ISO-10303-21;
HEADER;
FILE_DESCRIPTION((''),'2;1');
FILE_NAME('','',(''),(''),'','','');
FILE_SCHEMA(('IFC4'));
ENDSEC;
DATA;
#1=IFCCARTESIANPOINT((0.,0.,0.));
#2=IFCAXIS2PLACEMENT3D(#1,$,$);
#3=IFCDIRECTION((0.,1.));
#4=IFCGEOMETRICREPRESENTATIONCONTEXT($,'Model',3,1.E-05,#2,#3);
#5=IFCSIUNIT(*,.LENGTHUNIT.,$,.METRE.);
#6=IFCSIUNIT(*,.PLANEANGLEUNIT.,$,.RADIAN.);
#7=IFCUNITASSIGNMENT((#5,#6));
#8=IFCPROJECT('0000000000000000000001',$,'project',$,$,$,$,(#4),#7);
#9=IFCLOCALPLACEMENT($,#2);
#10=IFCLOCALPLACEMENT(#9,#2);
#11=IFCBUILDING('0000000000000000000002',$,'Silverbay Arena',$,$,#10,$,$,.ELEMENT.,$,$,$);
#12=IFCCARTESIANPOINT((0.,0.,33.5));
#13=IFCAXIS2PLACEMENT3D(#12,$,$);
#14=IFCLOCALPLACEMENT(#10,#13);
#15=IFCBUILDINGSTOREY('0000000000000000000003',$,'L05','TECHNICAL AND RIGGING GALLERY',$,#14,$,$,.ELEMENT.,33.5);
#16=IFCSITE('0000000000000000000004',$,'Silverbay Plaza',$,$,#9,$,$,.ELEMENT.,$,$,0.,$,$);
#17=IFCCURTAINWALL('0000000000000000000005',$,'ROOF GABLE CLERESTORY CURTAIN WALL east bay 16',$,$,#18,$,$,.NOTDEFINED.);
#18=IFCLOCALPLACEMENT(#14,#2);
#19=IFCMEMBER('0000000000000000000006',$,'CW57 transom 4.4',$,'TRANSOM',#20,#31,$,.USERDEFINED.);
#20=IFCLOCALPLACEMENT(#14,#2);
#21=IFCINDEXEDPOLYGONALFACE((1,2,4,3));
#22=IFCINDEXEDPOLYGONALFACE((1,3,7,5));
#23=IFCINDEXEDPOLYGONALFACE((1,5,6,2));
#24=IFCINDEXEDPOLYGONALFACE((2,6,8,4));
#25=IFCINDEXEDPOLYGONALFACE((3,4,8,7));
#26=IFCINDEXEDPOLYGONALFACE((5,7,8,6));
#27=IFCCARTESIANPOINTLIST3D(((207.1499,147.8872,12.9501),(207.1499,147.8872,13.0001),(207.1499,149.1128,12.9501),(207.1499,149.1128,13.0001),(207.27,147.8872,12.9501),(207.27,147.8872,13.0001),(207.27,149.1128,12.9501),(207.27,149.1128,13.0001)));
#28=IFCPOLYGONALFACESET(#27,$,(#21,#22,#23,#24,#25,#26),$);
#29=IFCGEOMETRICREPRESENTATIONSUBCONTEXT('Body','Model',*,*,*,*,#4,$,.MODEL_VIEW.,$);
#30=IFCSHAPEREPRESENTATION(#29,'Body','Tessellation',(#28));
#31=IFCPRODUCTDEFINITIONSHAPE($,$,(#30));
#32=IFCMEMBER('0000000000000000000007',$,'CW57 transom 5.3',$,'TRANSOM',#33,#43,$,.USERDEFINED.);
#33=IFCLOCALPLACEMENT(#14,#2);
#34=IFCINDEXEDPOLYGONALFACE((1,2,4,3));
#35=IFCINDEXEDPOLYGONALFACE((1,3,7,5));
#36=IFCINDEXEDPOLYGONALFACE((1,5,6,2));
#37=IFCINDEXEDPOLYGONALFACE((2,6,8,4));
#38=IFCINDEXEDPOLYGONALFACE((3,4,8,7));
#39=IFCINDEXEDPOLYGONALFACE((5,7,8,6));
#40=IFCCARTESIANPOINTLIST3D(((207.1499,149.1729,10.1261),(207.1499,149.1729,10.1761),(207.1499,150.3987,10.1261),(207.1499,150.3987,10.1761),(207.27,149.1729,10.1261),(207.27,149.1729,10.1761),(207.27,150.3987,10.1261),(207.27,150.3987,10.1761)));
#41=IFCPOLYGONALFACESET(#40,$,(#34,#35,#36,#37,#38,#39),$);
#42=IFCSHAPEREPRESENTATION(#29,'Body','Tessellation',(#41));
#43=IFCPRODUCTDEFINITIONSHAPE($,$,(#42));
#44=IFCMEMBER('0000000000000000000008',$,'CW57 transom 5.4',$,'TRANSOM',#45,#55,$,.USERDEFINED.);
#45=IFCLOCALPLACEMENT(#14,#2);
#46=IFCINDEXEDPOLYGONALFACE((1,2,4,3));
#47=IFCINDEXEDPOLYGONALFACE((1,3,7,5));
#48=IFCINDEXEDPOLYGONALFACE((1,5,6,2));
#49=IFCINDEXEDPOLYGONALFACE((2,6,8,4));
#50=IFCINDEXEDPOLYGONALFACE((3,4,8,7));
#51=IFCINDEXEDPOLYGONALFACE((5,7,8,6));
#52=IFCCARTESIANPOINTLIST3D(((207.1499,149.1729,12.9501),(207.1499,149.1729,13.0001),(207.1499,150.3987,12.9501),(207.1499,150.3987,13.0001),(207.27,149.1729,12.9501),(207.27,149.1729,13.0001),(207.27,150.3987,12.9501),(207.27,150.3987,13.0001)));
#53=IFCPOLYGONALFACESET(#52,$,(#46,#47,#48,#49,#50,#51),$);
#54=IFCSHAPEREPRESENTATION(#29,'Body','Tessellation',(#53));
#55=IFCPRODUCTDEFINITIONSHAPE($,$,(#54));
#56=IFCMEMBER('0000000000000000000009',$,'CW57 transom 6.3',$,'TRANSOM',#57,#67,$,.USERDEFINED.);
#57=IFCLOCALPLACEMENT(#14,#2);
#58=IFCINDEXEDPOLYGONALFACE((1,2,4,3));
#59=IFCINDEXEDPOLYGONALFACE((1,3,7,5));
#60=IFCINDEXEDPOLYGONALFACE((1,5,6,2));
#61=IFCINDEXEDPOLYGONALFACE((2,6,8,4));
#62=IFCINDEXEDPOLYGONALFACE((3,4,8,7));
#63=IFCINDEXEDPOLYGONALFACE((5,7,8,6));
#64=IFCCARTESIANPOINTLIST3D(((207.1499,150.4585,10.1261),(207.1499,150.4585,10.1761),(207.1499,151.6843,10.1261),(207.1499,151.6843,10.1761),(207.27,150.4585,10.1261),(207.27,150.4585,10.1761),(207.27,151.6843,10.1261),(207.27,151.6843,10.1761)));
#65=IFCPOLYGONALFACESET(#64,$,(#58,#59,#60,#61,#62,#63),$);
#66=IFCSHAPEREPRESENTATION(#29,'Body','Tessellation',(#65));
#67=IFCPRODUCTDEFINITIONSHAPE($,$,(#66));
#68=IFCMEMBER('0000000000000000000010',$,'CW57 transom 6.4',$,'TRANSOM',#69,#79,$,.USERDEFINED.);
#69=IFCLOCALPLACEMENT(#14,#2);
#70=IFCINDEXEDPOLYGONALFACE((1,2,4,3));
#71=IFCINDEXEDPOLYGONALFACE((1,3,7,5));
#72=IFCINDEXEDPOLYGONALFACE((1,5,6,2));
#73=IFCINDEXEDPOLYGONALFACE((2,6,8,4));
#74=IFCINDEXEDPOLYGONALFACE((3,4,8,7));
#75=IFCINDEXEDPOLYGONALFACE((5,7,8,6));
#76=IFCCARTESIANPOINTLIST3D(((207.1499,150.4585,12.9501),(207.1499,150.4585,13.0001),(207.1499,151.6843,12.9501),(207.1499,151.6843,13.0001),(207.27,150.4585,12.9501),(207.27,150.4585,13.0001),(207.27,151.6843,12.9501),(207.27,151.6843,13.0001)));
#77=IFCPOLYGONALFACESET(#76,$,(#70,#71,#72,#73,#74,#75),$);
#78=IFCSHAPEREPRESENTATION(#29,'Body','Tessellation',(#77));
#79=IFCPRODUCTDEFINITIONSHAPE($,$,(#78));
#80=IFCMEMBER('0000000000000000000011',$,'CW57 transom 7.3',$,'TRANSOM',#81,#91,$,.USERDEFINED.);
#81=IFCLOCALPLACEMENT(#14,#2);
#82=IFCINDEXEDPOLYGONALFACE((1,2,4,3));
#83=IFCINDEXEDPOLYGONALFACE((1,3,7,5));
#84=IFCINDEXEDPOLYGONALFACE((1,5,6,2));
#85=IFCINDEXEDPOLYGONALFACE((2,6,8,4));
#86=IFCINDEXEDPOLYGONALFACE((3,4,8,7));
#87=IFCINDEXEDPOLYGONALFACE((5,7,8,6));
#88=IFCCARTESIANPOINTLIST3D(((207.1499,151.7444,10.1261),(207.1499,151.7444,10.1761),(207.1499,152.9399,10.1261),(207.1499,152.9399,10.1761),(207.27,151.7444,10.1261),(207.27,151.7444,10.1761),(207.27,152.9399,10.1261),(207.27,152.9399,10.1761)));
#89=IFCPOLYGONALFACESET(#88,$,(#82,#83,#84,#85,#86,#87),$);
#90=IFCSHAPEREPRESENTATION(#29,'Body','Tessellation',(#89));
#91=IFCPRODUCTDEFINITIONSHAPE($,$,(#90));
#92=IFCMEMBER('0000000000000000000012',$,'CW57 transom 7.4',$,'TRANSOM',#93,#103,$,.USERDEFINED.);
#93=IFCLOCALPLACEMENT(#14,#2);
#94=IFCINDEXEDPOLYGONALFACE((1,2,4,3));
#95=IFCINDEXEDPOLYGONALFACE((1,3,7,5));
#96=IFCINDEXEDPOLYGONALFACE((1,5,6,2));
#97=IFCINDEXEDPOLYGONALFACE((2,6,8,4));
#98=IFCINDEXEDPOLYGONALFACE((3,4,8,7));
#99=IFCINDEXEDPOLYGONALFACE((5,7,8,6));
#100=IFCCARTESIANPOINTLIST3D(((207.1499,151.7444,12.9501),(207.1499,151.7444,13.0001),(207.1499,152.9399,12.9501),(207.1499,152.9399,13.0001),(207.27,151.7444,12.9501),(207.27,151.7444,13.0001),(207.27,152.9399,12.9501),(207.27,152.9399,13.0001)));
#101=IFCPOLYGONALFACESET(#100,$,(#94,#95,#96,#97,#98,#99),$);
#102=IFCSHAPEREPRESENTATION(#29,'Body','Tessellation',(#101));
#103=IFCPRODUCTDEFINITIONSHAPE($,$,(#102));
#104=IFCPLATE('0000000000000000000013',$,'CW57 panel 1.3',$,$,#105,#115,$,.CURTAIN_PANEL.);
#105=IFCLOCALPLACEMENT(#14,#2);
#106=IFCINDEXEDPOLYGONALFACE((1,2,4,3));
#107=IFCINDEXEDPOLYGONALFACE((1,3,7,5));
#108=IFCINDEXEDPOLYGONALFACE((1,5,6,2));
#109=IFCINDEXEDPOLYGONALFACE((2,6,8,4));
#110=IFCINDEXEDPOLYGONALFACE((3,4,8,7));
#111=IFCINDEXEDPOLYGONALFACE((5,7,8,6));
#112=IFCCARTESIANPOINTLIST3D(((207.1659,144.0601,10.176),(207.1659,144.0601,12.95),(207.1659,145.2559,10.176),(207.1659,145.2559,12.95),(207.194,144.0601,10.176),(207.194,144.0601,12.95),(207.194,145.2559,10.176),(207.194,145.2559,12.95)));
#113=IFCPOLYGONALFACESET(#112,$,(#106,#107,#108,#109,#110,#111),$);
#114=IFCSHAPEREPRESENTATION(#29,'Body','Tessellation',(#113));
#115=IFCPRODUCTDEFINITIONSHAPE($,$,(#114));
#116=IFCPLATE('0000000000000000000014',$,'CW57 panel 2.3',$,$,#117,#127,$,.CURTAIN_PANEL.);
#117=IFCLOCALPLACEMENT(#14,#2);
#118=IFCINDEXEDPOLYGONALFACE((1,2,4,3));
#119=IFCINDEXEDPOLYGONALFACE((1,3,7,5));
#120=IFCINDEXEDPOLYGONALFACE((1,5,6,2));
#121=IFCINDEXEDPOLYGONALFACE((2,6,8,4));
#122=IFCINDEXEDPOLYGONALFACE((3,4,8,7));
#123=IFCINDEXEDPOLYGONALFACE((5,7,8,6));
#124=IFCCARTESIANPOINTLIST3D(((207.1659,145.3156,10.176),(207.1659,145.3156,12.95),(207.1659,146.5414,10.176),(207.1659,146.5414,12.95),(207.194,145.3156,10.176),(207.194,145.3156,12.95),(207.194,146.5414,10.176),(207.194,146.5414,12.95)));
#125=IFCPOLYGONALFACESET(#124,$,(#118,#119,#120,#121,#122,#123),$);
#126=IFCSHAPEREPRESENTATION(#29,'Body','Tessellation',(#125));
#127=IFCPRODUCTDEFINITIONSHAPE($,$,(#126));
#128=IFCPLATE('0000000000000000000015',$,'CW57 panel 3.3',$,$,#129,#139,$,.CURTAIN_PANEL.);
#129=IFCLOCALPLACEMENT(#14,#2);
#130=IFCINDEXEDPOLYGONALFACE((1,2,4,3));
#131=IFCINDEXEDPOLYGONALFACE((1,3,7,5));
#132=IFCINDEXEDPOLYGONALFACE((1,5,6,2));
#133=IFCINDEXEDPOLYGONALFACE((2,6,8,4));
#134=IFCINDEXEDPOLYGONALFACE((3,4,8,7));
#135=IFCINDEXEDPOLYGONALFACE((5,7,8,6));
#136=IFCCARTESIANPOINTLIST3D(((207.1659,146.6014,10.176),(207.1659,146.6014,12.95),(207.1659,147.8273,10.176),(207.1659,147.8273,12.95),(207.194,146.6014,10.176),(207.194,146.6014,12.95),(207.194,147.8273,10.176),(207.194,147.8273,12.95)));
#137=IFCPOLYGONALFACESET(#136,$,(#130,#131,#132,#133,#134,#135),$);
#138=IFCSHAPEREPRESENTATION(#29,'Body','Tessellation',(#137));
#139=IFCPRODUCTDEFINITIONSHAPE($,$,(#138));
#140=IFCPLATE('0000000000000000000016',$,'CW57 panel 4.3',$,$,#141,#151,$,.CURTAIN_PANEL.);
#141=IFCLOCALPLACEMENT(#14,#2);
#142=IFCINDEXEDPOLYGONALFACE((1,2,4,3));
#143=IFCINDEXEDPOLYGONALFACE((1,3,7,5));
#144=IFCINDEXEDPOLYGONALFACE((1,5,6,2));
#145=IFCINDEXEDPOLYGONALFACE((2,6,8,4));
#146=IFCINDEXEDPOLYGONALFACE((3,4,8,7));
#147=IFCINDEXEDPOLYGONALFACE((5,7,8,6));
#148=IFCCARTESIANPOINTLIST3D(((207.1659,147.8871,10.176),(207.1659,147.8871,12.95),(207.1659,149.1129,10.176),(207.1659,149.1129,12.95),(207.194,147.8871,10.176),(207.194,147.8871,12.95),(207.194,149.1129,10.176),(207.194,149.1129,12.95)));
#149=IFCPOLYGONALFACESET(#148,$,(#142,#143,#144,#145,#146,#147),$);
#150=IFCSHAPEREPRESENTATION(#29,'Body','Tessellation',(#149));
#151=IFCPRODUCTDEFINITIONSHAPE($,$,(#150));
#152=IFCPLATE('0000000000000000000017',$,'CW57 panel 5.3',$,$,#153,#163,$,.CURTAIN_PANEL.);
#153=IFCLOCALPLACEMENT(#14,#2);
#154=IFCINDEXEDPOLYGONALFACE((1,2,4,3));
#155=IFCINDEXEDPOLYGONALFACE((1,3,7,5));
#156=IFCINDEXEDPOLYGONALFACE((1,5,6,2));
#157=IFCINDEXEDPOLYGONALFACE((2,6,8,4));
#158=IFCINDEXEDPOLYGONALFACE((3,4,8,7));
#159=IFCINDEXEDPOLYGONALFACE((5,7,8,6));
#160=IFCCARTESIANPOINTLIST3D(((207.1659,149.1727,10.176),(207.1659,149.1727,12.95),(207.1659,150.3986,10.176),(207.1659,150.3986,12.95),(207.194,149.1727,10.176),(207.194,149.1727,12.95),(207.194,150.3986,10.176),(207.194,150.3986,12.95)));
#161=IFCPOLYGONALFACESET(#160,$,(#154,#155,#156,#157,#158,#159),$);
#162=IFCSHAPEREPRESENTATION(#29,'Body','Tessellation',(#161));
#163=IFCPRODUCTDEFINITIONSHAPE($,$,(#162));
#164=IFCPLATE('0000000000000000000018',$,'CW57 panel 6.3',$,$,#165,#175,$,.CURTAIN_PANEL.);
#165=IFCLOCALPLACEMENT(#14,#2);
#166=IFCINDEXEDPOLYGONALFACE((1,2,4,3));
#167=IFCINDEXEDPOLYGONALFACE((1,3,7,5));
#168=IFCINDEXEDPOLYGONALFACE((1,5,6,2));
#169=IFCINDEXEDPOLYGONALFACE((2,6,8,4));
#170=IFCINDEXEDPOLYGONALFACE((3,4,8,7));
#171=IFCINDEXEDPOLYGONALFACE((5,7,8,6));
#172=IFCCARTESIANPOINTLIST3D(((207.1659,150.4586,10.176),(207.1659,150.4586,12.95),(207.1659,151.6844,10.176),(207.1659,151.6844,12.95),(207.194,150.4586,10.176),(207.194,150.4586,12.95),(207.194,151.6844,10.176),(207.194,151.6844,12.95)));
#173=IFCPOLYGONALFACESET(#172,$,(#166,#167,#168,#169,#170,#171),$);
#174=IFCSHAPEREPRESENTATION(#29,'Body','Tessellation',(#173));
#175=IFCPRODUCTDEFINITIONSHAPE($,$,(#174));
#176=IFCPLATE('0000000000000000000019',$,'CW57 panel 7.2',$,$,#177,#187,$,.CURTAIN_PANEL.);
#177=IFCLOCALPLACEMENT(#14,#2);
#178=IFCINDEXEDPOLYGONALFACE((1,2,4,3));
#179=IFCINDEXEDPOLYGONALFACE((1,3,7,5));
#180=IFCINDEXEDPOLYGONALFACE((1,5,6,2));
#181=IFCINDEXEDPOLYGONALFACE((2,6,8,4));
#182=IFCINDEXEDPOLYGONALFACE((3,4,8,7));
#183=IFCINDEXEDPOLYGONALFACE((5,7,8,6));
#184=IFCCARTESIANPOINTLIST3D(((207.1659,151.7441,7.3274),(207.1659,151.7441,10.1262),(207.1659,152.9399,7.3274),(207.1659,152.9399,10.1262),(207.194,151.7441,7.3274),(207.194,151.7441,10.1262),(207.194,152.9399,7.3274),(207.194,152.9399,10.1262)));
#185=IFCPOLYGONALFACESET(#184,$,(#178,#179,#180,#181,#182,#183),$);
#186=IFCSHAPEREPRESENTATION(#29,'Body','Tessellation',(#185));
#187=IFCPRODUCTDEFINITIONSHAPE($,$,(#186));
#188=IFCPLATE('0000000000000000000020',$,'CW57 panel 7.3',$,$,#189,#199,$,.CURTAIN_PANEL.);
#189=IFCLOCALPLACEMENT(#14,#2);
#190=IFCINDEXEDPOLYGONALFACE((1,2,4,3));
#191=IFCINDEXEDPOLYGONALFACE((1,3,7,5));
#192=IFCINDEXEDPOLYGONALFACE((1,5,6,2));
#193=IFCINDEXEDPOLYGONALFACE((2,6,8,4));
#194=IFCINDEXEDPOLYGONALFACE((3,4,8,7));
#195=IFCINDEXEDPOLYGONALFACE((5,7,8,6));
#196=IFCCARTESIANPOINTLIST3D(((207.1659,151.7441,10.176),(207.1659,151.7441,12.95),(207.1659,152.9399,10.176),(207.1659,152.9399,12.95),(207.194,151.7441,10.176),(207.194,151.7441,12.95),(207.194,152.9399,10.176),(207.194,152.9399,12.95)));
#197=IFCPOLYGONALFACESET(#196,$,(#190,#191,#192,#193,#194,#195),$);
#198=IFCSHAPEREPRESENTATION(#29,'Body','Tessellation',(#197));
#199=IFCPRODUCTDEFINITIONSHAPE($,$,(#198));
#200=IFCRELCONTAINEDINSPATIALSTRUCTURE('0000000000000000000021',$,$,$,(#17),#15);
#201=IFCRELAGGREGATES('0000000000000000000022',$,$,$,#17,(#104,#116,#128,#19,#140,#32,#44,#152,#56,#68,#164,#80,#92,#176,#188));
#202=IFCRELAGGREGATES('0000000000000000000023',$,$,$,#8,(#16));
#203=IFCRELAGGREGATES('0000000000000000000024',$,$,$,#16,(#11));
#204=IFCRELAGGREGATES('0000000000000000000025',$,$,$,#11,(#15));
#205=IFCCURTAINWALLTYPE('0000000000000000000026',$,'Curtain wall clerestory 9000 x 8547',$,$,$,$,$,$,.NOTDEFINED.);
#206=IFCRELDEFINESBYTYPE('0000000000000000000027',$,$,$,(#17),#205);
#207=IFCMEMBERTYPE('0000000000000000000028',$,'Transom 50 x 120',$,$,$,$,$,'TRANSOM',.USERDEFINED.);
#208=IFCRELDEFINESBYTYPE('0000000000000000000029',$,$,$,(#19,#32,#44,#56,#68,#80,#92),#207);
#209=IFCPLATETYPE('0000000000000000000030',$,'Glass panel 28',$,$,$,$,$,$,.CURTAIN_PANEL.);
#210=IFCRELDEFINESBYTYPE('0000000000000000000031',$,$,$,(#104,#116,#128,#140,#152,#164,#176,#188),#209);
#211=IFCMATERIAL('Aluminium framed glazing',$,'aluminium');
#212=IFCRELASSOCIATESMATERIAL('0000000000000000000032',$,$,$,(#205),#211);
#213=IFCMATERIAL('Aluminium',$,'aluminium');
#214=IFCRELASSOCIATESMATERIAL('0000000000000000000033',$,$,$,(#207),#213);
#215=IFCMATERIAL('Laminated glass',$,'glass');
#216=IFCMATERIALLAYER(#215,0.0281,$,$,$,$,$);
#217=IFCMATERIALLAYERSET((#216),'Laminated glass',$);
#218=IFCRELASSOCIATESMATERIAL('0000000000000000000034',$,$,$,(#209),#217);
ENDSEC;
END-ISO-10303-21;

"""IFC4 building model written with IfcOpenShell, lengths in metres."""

from ifc_helpers import new_model, si_unit, direction, frame, origin, origin_2d, place, context, subcontext, project, spatial, rectangle, extrude, material, layer, layer_set, material_profile, profile_set, type_object, element, aggregate, save


model = new_model("IFC4")

# Units and contexts
model_context = context("Model", 3, precision=1e-05, world=origin(), true_north=direction((0.0, 1.0)))
body_context = subcontext(model_context, "Body", "Model", "MODEL_VIEW")
ifc_project = project(units=[si_unit("LENGTHUNIT", "METRE"), si_unit("PLANEANGLEUNIT", "RADIAN")], contexts=[model_context])

# Site, building, storey
site_placement = place(None, origin())
site = spatial("IfcSite", under=ifc_project, at=site_placement, Name="Silverbay Plaza", CompositionType="ELEMENT", RefElevation=0.0)
building_placement = place(site_placement, origin())
building = spatial("IfcBuilding", under=site, at=building_placement, Name="Silverbay Arena", CompositionType="ELEMENT")
storey_placement = place(building_placement, frame((0.0, 0.0, 33.5)))
storey = spatial("IfcBuildingStorey", under=building, at=storey_placement, Name="L05", Description="TECHNICAL AND RIGGING GALLERY", CompositionType="ELEMENT", Elevation=33.5)

# Curtain wall, members, plates
ifc_material_1 = material(Name="Aluminium framed glazing", Category="aluminium")
curtain_wall_type = type_object("IfcCurtainWallType", Name="Curtain wall clerestory 9000 x 8547", PredefinedType="NOTDEFINED", material=ifc_material_1)
curtain_wall_placement = place(storey_placement, origin())
curtain_wall = element("IfcCurtainWall", 1, at=curtain_wall_placement, inside=storey, type_object=curtain_wall_type, Name="ROOF GABLE CLERESTORY CURTAIN WALL east bay 16", PredefinedType="NOTDEFINED")
ifc_material_2 = material(Name="Aluminium", Category="aluminium")
ifc_material_profile_1 = material_profile(ifc_material_2, rectangle(XDim=0.1201, YDim=0.05, at=origin_2d()), Name="Transom 50 x 120")
ifc_profile_set_1 = profile_set([ifc_material_profile_1], Name="Aluminium")
member_type_1 = type_object("IfcMemberType", Name="Transom 50 x 120", ElementType="TRANSOM", PredefinedType="USERDEFINED", material=ifc_profile_set_1)
member_1_placement = place(storey_placement, frame((207.21, 147.8872, 12.9751), z_axis=(0.0, 1.0, 0.0), x_axis=(-1.0, 0.0, 0.0)))
member_1 = element("IfcMember", 2, at=member_1_placement, type_object=member_type_1, Name="CW57 transom 4.4", ObjectType="TRANSOM", PredefinedType="USERDEFINED", context=body_context, shape_type="SweptSolid", body=[
    extrude(rectangle(XDim=0.1201, YDim=0.05, at=origin_2d()), origin(), (0.0, 0.0, 1.0), 1.2256),
])
member_2_placement = place(storey_placement, frame((207.21, 149.1729, 10.1511), z_axis=(0.0, 1.0, 0.0), x_axis=(-1.0, 0.0, 0.0)))
member_2 = element("IfcMember", 3, at=member_2_placement, type_object=member_type_1, Name="CW57 transom 5.3", ObjectType="TRANSOM", PredefinedType="USERDEFINED", context=body_context, shape_type="SweptSolid", body=[
    extrude(rectangle(XDim=0.1201, YDim=0.05, at=origin_2d()), origin(), (0.0, 0.0, 1.0), 1.2258),
])
member_3_placement = place(storey_placement, frame((207.21, 149.1729, 12.9751), z_axis=(0.0, 1.0, 0.0), x_axis=(-1.0, 0.0, 0.0)))
member_3 = element("IfcMember", 4, at=member_3_placement, type_object=member_type_1, Name="CW57 transom 5.4", ObjectType="TRANSOM", PredefinedType="USERDEFINED", context=body_context, shape_type="SweptSolid", body=[
    extrude(rectangle(XDim=0.1201, YDim=0.05, at=origin_2d()), origin(), (0.0, 0.0, 1.0), 1.2258),
])
member_4_placement = place(storey_placement, frame((207.21, 150.4585, 10.1511), z_axis=(0.0, 1.0, 0.0), x_axis=(-1.0, 0.0, 0.0)))
member_4 = element("IfcMember", 5, at=member_4_placement, type_object=member_type_1, Name="CW57 transom 6.3", ObjectType="TRANSOM", PredefinedType="USERDEFINED", context=body_context, shape_type="SweptSolid", body=[
    extrude(rectangle(XDim=0.1201, YDim=0.05, at=origin_2d()), origin(), (0.0, 0.0, 1.0), 1.2258),
])
member_5_placement = place(storey_placement, frame((207.21, 150.4585, 12.9751), z_axis=(0.0, 1.0, 0.0), x_axis=(-1.0, 0.0, 0.0)))
member_5 = element("IfcMember", 6, at=member_5_placement, type_object=member_type_1, Name="CW57 transom 6.4", ObjectType="TRANSOM", PredefinedType="USERDEFINED", context=body_context, shape_type="SweptSolid", body=[
    extrude(rectangle(XDim=0.1201, YDim=0.05, at=origin_2d()), origin(), (0.0, 0.0, 1.0), 1.2258),
])
member_6_placement = place(storey_placement, frame((207.21, 151.7444, 10.1511), z_axis=(0.0, 1.0, 0.0), x_axis=(-1.0, 0.0, 0.0)))
member_6 = element("IfcMember", 7, at=member_6_placement, type_object=member_type_1, Name="CW57 transom 7.3", ObjectType="TRANSOM", PredefinedType="USERDEFINED", context=body_context, shape_type="SweptSolid", body=[
    extrude(rectangle(XDim=0.1201, YDim=0.05, at=origin_2d()), origin(), (0.0, 0.0, 1.0), 1.1956),
])
member_7_placement = place(storey_placement, frame((207.21, 151.7444, 12.9751), z_axis=(0.0, 1.0, 0.0), x_axis=(-1.0, 0.0, 0.0)))
member_7 = element("IfcMember", 8, at=member_7_placement, type_object=member_type_1, Name="CW57 transom 7.4", ObjectType="TRANSOM", PredefinedType="USERDEFINED", context=body_context, shape_type="SweptSolid", body=[
    extrude(rectangle(XDim=0.1201, YDim=0.05, at=origin_2d()), origin(), (0.0, 0.0, 1.0), 1.1956),
])
ifc_material_3 = material(Name="Laminated glass", Category="glass")
ifc_layer_1 = layer(ifc_material_3, 0.0281)
ifc_layer_set_1 = layer_set([ifc_layer_1], Name="Laminated glass")
plate_type = type_object("IfcPlateType", Name="Glass panel 28", PredefinedType="CURTAIN_PANEL", material=ifc_layer_set_1)
plate_1_placement = place(storey_placement, frame((207.1799, 144.658, 10.176), z_axis=(0.0, 0.0, 1.0), x_axis=(0.0, 1.0, 0.0)))
plate_1 = element("IfcPlate", 9, at=plate_1_placement, type_object=plate_type, Name="CW57 panel 1.3", PredefinedType="CURTAIN_PANEL", context=body_context, shape_type="SweptSolid", body=[
    extrude(rectangle(XDim=1.1958, YDim=0.0281, at=origin_2d()), origin(), (0.0, 0.0, 1.0), 2.7739),
])
plate_2_placement = place(storey_placement, frame((207.1799, 145.9285, 10.176), z_axis=(0.0, 0.0, 1.0), x_axis=(0.0, 1.0, 0.0)))
plate_2 = element("IfcPlate", 10, at=plate_2_placement, type_object=plate_type, Name="CW57 panel 2.3", PredefinedType="CURTAIN_PANEL", context=body_context, shape_type="SweptSolid", body=[
    extrude(rectangle(XDim=1.2258, YDim=0.0281, at=origin_2d()), origin(), (0.0, 0.0, 1.0), 2.7739),
])
plate_3_placement = place(storey_placement, frame((207.1799, 147.2144, 10.176), z_axis=(0.0, 0.0, 1.0), x_axis=(0.0, 1.0, 0.0)))
plate_3 = element("IfcPlate", 11, at=plate_3_placement, type_object=plate_type, Name="CW57 panel 3.3", PredefinedType="CURTAIN_PANEL", context=body_context, shape_type="SweptSolid", body=[
    extrude(rectangle(XDim=1.2258, YDim=0.0281, at=origin_2d()), origin(), (0.0, 0.0, 1.0), 2.7739),
])
plate_4_placement = place(storey_placement, frame((207.1799, 148.5, 10.176), z_axis=(0.0, 0.0, 1.0), x_axis=(0.0, 1.0, 0.0)))
plate_4 = element("IfcPlate", 12, at=plate_4_placement, type_object=plate_type, Name="CW57 panel 4.3", PredefinedType="CURTAIN_PANEL", context=body_context, shape_type="SweptSolid", body=[
    extrude(rectangle(XDim=1.2258, YDim=0.0281, at=origin_2d()), origin(), (0.0, 0.0, 1.0), 2.7739),
])
plate_5_placement = place(storey_placement, frame((207.1799, 149.7856, 10.176), z_axis=(0.0, 0.0, 1.0), x_axis=(0.0, 1.0, 0.0)))
plate_5 = element("IfcPlate", 13, at=plate_5_placement, type_object=plate_type, Name="CW57 panel 5.3", PredefinedType="CURTAIN_PANEL", context=body_context, shape_type="SweptSolid", body=[
    extrude(rectangle(XDim=1.2258, YDim=0.0281, at=origin_2d()), origin(), (0.0, 0.0, 1.0), 2.7739),
])
plate_6_placement = place(storey_placement, frame((207.1799, 151.0715, 10.176), z_axis=(0.0, 0.0, 1.0), x_axis=(0.0, 1.0, 0.0)))
plate_6 = element("IfcPlate", 14, at=plate_6_placement, type_object=plate_type, Name="CW57 panel 6.3", PredefinedType="CURTAIN_PANEL", context=body_context, shape_type="SweptSolid", body=[
    extrude(rectangle(XDim=1.2258, YDim=0.0281, at=origin_2d()), origin(), (0.0, 0.0, 1.0), 2.7739),
])
plate_7_placement = place(storey_placement, frame((207.1799, 152.342, 7.3274), z_axis=(0.0, 0.0, 1.0), x_axis=(0.0, 1.0, 0.0)))
plate_7 = element("IfcPlate", 15, at=plate_7_placement, type_object=plate_type, Name="CW57 panel 7.2", PredefinedType="CURTAIN_PANEL", context=body_context, shape_type="SweptSolid", body=[
    extrude(rectangle(XDim=1.1958, YDim=0.0281, at=origin_2d()), origin(), (0.0, 0.0, 1.0), 2.7988),
])
plate_8_placement = place(storey_placement, frame((207.1799, 152.342, 10.176), z_axis=(0.0, 0.0, 1.0), x_axis=(0.0, 1.0, 0.0)))
plate_8 = element("IfcPlate", 16, at=plate_8_placement, type_object=plate_type, Name="CW57 panel 7.3", PredefinedType="CURTAIN_PANEL", context=body_context, shape_type="SweptSolid", body=[
    extrude(rectangle(XDim=1.1958, YDim=0.0281, at=origin_2d()), origin(), (0.0, 0.0, 1.0), 2.7739),
])
aggregate(curtain_wall, [plate_1, plate_2, plate_3, member_1, plate_4, member_2, member_3, plate_5, member_4, member_5, plate_6, member_6, member_7, plate_7, plate_8])

save(model, "model.ifc")
